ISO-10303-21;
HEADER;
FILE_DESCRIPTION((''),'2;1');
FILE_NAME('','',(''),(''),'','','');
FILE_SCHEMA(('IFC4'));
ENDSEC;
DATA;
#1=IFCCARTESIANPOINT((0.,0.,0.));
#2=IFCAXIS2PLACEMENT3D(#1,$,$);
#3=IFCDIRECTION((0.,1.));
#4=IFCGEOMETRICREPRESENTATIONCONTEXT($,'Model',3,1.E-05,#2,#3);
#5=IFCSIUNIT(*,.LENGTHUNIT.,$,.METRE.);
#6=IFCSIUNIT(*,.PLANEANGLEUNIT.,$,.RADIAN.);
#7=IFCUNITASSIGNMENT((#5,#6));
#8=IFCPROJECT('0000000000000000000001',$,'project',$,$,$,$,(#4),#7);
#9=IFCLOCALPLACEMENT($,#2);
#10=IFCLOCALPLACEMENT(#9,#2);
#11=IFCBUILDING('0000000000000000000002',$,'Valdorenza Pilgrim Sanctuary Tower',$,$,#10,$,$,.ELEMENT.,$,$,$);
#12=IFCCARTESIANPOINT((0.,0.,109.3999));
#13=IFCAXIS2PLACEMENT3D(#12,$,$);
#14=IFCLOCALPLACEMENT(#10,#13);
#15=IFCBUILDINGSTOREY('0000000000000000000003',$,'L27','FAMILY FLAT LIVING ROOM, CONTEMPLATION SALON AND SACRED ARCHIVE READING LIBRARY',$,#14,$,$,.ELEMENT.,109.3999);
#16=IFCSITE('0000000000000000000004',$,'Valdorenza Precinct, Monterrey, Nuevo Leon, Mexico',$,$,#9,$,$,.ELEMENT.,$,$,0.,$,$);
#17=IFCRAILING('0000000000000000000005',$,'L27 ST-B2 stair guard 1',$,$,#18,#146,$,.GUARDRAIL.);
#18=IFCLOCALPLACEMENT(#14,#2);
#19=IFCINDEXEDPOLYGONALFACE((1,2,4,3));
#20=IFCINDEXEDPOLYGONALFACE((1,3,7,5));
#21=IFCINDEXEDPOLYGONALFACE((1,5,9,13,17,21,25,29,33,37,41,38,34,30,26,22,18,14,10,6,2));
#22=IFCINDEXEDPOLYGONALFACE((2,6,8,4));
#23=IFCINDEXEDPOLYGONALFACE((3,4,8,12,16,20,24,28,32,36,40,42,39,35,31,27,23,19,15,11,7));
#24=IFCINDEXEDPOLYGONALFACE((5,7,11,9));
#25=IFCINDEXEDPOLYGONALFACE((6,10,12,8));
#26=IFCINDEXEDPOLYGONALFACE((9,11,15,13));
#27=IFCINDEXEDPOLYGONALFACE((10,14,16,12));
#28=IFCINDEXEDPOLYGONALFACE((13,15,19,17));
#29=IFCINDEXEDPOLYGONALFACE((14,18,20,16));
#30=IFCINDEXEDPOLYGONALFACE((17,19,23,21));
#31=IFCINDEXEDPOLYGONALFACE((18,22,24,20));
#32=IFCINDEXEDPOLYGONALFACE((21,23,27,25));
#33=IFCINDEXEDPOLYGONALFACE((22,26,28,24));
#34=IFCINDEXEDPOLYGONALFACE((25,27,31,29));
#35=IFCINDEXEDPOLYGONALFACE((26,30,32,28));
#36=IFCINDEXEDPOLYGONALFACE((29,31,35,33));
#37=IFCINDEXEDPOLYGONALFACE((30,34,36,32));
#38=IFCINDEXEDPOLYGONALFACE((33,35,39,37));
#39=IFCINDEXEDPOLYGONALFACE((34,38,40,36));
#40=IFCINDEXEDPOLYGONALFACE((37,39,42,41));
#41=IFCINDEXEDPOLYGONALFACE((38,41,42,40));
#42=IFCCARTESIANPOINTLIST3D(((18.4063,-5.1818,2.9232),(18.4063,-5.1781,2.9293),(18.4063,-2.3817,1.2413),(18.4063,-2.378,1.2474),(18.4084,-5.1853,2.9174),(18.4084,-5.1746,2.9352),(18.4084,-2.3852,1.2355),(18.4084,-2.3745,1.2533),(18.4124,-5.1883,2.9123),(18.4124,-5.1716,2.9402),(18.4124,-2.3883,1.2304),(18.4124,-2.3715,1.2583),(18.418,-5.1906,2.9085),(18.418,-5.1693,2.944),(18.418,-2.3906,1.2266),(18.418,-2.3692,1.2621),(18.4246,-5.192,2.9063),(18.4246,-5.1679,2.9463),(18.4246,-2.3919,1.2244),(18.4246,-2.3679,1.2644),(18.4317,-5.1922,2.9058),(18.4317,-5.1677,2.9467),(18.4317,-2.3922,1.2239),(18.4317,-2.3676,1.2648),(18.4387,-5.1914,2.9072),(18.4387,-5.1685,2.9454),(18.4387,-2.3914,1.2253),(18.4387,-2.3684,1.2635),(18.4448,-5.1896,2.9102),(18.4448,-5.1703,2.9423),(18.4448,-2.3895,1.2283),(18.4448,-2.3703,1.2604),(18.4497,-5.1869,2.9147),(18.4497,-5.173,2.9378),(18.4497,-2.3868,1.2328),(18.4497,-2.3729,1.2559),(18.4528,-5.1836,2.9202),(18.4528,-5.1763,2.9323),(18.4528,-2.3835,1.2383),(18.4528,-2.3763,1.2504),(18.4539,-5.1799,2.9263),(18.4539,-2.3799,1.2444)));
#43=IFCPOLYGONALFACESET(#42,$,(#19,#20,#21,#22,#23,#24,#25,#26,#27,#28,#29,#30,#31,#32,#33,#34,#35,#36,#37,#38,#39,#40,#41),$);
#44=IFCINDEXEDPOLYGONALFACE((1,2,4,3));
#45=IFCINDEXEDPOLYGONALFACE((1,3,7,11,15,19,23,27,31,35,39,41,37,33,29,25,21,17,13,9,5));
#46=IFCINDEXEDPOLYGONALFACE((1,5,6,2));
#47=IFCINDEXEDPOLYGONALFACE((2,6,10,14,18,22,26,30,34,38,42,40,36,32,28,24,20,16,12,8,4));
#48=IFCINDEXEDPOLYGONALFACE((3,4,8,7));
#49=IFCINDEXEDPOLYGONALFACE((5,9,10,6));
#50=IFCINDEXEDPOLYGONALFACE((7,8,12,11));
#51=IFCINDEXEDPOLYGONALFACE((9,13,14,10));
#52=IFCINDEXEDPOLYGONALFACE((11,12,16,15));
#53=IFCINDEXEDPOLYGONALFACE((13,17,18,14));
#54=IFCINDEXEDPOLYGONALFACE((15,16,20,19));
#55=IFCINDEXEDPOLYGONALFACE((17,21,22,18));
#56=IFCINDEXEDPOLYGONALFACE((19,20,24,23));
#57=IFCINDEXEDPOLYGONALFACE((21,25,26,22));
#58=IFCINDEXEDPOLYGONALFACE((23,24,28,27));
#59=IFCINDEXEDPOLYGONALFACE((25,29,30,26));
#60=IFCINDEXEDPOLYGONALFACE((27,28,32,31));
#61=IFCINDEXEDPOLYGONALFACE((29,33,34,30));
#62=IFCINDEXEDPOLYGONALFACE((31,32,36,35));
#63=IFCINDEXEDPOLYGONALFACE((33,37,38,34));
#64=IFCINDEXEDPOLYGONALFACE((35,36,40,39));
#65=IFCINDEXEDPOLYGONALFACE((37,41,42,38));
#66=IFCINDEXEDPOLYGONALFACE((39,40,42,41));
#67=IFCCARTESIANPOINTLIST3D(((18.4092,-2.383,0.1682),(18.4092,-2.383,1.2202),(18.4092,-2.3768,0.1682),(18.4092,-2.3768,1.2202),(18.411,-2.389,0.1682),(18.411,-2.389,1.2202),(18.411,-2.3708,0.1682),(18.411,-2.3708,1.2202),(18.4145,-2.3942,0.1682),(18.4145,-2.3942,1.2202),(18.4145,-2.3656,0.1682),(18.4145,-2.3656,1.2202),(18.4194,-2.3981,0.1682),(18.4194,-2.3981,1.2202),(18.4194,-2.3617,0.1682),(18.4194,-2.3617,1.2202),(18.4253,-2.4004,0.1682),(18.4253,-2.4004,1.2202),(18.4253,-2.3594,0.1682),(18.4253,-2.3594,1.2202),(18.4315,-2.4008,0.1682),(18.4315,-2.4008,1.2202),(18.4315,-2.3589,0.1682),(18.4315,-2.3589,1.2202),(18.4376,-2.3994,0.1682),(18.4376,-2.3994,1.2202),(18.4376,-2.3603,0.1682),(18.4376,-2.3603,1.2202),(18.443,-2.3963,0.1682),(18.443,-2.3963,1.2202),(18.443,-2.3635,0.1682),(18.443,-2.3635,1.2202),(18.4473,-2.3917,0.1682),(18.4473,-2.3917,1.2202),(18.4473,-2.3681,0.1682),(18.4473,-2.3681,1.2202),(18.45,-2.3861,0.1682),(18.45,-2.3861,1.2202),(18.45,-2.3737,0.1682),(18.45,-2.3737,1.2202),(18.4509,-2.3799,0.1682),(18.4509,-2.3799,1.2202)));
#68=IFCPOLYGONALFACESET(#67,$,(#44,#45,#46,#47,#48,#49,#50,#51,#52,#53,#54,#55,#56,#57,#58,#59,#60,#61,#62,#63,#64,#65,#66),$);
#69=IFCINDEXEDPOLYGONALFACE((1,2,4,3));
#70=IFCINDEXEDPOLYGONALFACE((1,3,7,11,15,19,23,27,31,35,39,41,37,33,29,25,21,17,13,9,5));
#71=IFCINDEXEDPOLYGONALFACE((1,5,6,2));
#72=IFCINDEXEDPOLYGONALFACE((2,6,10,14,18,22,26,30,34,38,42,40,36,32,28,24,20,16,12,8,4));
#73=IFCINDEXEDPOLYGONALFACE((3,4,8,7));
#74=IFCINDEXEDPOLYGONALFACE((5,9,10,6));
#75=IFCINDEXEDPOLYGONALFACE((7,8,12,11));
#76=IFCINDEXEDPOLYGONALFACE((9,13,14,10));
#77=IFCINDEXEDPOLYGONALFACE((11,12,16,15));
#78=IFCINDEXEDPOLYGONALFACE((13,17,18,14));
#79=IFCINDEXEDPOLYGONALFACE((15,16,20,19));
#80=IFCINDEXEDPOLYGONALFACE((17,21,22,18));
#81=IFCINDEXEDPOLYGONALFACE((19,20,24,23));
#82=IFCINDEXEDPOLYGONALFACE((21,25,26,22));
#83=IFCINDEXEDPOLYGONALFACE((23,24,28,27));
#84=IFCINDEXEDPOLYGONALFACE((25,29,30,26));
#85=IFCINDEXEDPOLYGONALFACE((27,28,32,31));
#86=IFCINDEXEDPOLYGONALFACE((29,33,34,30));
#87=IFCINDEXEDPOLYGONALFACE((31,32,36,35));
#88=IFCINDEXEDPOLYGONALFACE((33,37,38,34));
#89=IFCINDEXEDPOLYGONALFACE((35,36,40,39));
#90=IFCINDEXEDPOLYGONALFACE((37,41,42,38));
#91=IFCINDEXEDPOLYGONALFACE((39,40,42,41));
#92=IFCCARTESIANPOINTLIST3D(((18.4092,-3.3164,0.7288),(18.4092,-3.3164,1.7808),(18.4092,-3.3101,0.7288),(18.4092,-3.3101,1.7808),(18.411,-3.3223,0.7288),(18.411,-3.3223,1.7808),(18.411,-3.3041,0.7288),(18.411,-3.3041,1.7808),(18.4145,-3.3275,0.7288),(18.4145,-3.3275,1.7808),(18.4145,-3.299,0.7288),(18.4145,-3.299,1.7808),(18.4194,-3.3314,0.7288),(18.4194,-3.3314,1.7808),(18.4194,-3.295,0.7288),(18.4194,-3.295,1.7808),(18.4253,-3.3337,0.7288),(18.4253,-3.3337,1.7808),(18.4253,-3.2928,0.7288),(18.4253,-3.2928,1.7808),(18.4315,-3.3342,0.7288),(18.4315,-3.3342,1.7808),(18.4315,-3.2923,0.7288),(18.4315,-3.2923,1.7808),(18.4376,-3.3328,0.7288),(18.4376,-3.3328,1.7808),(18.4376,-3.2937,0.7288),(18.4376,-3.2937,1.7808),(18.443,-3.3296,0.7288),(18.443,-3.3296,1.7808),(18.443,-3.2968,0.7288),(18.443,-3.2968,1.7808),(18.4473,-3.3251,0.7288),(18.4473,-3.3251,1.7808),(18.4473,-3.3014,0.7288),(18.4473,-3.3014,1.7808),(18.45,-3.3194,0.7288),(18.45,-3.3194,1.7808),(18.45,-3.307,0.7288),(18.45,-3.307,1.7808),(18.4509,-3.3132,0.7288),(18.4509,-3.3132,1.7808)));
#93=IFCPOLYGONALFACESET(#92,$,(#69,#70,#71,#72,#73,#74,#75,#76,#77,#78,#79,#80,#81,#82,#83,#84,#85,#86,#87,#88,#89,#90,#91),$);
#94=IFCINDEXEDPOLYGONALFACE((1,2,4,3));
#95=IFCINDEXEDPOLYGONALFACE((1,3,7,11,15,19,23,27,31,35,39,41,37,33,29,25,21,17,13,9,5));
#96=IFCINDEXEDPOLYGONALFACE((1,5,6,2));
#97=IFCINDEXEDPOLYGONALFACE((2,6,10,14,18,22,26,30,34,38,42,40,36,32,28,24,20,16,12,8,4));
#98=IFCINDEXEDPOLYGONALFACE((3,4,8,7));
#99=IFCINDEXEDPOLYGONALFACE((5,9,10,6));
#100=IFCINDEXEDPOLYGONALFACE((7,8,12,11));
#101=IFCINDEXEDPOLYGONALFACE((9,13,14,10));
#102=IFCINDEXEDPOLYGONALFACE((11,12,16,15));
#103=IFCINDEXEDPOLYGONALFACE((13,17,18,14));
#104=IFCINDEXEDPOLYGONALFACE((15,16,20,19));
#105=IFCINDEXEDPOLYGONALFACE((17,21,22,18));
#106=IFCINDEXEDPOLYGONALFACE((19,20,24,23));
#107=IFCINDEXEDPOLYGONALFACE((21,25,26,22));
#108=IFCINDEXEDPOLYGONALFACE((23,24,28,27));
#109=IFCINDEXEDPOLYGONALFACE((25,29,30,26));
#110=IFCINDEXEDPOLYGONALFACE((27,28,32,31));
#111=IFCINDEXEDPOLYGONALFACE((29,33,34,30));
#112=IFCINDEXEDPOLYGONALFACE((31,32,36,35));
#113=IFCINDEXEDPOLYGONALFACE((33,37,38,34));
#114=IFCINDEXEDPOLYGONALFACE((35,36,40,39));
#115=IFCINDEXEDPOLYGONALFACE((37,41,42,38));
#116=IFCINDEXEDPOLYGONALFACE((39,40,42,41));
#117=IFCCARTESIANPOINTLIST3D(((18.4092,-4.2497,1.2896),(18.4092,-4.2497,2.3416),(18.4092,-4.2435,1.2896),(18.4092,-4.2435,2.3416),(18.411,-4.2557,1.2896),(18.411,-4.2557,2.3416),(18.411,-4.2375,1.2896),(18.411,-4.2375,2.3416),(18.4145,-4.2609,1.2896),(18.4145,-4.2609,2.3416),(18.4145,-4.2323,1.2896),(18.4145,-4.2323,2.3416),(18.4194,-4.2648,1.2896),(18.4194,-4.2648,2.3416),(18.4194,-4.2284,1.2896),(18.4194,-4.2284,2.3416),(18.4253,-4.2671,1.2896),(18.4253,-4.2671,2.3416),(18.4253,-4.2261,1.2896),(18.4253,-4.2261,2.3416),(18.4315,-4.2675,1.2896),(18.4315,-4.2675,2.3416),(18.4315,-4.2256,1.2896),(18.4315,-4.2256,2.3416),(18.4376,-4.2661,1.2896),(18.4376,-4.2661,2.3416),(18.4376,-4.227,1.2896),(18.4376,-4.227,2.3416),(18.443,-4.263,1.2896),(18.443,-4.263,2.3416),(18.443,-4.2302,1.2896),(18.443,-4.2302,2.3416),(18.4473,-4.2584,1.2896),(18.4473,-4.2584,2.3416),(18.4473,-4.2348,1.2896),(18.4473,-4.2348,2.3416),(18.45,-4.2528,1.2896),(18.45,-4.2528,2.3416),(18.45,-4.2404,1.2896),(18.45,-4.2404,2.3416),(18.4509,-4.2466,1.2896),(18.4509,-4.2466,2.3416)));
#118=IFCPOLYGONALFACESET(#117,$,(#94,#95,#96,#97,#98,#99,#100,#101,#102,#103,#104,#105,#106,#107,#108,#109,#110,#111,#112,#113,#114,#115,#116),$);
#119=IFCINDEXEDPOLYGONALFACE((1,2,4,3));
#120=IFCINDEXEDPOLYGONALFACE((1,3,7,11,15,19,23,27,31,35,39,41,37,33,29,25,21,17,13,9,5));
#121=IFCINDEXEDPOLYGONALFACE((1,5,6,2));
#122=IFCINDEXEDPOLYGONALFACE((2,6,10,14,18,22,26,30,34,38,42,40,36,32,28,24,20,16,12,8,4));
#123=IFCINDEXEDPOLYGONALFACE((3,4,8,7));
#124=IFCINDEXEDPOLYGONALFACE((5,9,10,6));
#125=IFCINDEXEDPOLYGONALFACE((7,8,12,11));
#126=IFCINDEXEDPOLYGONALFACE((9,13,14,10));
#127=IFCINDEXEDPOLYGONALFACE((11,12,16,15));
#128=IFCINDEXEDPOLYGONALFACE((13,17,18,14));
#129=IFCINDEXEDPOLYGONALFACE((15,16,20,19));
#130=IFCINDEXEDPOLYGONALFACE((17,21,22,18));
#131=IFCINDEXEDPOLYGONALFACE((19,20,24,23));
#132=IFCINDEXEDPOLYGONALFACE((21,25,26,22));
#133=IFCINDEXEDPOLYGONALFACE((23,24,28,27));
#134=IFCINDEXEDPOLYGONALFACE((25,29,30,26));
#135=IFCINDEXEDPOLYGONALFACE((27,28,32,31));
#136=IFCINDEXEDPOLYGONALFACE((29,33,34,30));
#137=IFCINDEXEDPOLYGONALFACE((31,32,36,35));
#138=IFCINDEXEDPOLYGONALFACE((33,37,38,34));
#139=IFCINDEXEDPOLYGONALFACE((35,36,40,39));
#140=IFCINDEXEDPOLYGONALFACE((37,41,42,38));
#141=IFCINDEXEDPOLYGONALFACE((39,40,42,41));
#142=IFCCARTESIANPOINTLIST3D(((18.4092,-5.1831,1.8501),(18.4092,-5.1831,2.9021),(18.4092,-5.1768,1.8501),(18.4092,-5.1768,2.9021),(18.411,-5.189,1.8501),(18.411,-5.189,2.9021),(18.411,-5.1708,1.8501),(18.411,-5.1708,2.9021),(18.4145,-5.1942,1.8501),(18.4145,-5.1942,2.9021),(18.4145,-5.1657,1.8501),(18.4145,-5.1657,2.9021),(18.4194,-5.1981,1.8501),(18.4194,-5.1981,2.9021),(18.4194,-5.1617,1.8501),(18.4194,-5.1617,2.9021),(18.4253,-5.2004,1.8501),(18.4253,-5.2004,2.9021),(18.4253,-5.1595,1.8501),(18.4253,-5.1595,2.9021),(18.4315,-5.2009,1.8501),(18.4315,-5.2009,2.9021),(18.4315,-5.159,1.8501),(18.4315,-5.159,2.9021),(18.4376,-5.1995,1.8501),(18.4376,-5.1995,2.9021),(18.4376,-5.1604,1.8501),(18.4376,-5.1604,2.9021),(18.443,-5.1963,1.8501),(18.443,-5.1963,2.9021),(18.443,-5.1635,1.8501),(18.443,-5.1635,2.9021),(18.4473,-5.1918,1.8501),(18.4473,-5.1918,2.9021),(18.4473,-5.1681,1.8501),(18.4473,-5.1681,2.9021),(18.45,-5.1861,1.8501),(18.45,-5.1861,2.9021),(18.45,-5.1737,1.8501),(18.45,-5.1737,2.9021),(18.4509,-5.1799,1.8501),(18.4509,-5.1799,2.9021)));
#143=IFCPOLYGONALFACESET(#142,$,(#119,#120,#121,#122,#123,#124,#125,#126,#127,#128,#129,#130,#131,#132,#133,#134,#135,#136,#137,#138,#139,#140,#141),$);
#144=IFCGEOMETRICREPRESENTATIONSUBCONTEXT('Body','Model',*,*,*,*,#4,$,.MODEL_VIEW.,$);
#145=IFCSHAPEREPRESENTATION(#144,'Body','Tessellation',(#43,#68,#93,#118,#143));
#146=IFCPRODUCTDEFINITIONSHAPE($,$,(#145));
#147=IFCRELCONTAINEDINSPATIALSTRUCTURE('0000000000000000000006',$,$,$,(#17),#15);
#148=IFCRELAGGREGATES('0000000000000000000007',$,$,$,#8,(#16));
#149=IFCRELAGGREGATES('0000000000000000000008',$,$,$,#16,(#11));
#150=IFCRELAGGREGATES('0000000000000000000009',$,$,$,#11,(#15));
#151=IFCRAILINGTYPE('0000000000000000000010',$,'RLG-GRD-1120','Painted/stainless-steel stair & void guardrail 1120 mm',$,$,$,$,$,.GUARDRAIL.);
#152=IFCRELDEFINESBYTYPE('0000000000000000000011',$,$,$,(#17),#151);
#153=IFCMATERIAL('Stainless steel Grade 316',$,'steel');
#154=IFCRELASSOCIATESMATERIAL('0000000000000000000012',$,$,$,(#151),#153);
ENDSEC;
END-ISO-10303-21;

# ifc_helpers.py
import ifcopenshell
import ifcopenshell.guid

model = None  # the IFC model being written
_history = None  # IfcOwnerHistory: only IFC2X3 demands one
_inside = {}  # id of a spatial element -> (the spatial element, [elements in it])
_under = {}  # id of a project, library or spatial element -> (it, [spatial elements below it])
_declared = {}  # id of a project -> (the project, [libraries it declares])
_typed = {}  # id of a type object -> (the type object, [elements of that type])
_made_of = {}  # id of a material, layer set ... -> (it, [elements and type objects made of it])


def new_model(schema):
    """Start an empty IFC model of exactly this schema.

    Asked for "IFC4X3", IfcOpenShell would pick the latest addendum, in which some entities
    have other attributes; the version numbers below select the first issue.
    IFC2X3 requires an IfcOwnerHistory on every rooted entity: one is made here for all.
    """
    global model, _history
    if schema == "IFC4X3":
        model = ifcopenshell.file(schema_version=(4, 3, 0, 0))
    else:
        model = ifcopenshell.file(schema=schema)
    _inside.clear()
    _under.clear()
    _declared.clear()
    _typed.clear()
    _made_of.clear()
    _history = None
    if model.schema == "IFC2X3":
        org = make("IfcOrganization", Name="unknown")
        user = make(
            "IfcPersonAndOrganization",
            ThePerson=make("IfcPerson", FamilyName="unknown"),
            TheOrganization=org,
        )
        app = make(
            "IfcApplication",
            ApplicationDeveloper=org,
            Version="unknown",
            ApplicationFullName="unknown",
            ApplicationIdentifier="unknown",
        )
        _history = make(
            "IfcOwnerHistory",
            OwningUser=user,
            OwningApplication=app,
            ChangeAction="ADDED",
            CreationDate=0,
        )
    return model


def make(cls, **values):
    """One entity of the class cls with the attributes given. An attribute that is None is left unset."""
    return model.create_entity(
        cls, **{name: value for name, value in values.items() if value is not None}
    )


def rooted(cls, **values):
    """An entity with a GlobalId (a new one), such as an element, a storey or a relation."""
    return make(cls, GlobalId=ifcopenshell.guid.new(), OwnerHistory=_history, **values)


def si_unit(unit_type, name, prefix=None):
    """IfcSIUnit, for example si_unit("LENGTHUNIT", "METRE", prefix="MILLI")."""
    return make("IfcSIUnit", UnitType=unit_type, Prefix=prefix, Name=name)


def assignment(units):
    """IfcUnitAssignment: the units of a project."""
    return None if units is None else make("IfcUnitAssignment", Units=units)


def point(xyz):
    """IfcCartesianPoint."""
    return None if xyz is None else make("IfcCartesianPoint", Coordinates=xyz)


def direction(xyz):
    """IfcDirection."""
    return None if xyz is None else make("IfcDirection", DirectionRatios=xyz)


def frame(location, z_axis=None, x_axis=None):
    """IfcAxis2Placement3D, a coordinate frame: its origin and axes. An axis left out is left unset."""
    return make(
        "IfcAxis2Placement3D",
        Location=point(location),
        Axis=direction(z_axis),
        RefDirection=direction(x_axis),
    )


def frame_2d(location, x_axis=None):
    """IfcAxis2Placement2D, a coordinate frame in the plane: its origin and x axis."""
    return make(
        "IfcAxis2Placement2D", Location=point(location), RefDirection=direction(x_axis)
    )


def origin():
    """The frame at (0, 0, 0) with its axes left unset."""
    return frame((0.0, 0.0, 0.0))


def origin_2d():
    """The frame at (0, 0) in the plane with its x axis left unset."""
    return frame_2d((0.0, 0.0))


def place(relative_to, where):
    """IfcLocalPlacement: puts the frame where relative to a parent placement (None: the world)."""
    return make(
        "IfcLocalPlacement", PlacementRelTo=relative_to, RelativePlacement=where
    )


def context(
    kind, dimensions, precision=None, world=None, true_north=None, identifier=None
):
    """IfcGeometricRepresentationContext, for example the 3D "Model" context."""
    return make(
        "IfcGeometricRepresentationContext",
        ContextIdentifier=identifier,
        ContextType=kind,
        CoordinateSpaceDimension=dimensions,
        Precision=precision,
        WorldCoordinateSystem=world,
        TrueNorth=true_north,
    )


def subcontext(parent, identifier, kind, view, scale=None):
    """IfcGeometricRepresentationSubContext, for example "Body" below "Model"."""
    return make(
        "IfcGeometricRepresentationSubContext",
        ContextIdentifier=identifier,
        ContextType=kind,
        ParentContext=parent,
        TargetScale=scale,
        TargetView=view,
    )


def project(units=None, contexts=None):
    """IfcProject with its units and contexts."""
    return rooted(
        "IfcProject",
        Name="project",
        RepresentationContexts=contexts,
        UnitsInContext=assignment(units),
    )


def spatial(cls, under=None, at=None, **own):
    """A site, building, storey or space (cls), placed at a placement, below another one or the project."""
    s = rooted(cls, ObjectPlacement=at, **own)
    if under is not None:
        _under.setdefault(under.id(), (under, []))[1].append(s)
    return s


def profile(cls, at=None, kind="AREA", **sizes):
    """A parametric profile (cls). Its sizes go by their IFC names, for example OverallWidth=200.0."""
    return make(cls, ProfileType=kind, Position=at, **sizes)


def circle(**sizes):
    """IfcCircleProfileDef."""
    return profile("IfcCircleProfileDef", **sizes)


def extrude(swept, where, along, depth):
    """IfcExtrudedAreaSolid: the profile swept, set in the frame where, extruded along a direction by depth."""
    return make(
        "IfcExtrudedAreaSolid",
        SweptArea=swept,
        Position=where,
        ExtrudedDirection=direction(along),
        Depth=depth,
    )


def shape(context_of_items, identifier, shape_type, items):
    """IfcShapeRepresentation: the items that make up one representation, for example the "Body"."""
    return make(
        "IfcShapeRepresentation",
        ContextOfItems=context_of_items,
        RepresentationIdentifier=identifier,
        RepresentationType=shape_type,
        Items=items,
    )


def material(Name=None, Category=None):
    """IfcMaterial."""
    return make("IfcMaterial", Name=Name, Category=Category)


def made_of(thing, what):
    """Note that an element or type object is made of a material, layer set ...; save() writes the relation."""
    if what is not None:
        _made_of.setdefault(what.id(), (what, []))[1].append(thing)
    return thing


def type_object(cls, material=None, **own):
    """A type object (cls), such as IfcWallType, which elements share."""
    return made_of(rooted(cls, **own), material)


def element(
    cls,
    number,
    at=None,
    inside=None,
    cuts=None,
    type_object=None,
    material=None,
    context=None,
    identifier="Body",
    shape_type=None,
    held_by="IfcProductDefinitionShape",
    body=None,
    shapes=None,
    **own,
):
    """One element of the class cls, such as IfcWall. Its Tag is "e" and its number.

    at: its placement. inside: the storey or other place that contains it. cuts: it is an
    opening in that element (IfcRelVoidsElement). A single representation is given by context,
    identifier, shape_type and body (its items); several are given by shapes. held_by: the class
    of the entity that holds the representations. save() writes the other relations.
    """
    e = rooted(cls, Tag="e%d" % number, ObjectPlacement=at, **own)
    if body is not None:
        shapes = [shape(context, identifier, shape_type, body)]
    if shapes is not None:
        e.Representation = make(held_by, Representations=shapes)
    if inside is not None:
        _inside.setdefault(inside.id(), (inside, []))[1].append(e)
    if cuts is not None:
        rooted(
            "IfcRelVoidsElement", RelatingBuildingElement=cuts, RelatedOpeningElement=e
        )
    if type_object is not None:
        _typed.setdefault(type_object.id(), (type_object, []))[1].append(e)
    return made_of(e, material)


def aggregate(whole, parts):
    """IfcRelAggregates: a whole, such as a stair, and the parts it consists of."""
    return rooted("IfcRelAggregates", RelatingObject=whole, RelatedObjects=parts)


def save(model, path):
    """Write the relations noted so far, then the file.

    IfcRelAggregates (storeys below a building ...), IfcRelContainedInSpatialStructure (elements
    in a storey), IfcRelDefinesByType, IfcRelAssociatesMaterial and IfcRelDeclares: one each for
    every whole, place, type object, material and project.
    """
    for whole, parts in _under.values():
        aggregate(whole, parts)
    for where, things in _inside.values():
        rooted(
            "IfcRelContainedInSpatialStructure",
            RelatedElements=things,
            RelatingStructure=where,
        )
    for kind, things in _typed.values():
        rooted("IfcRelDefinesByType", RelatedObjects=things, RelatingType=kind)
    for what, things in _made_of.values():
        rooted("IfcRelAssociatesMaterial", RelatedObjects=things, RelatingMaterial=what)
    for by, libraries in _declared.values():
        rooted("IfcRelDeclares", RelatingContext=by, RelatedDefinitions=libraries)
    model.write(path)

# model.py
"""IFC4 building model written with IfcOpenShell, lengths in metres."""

from ifc_helpers import new_model, si_unit, direction, frame, origin, origin_2d, place, context, subcontext, project, spatial, circle, extrude, material, type_object, element, save


model = new_model("IFC4")

# Units and contexts
model_context = context("Model", 3, precision=1e-05, world=origin(), true_north=direction((0.0, 1.0)))
body_context = subcontext(model_context, "Body", "Model", "MODEL_VIEW")
ifc_project = project(units=[si_unit("LENGTHUNIT", "METRE"), si_unit("PLANEANGLEUNIT", "RADIAN")], contexts=[model_context])

# Site, building, storey
site_placement = place(None, origin())
site = spatial("IfcSite", under=ifc_project, at=site_placement, Name="Valdorenza Precinct, Monterrey, Nuevo Leon, Mexico", CompositionType="ELEMENT", RefElevation=0.0)
building_placement = place(site_placement, origin())
building = spatial("IfcBuilding", under=site, at=building_placement, Name="Valdorenza Pilgrim Sanctuary Tower", CompositionType="ELEMENT")
storey_placement = place(building_placement, frame((0.0, 0.0, 109.3999)))
storey = spatial("IfcBuildingStorey", under=building, at=storey_placement, Name="L27", Description="FAMILY FLAT LIVING ROOM, CONTEMPLATION SALON AND SACRED ARCHIVE READING LIBRARY", CompositionType="ELEMENT", Elevation=109.3999)

# Railing
ifc_material_1 = material(Name="Stainless steel Grade 316", Category="steel")
railing_type_1 = type_object("IfcRailingType", Name="RLG-GRD-1120", Description="Painted/stainless-steel stair & void guardrail 1120 mm", PredefinedType="GUARDRAIL", material=ifc_material_1)
railing_1_placement = place(storey_placement, frame((18.4299, -2.3799, 0.1682)))
element("IfcRailing", 1, at=railing_1_placement, inside=storey, type_object=railing_type_1, Name="L27 ST-B2 stair guard 1", PredefinedType="GUARDRAIL", context=body_context, shape_type="SweptSolid", body=[
    extrude(circle(Radius=0.0239, at=origin_2d()), frame((0.0, 0.0, 1.0762), z_axis=(0.0, -0.857242, 0.514913), x_axis=(1.0, 0.0, 0.0)), (0.0, 0.0, 1.0), 3.2664),
    extrude(circle(Radius=0.021, at=origin_2d()), origin(), (0.0, 0.0, 1.0), 1.052),
    extrude(circle(Radius=0.021, at=origin_2d()), frame((0.0, -0.9333, 0.5605)), (0.0, 0.0, 1.0), 1.052),
    extrude(circle(Radius=0.021, at=origin_2d()), frame((0.0, -1.8667, 1.1213)), (0.0, 0.0, 1.0), 1.052),
    extrude(circle(Radius=0.021, at=origin_2d()), frame((0.0, -2.8, 1.6819)), (0.0, 0.0, 1.0), 1.052),
])

save(model, "model.ifc")
